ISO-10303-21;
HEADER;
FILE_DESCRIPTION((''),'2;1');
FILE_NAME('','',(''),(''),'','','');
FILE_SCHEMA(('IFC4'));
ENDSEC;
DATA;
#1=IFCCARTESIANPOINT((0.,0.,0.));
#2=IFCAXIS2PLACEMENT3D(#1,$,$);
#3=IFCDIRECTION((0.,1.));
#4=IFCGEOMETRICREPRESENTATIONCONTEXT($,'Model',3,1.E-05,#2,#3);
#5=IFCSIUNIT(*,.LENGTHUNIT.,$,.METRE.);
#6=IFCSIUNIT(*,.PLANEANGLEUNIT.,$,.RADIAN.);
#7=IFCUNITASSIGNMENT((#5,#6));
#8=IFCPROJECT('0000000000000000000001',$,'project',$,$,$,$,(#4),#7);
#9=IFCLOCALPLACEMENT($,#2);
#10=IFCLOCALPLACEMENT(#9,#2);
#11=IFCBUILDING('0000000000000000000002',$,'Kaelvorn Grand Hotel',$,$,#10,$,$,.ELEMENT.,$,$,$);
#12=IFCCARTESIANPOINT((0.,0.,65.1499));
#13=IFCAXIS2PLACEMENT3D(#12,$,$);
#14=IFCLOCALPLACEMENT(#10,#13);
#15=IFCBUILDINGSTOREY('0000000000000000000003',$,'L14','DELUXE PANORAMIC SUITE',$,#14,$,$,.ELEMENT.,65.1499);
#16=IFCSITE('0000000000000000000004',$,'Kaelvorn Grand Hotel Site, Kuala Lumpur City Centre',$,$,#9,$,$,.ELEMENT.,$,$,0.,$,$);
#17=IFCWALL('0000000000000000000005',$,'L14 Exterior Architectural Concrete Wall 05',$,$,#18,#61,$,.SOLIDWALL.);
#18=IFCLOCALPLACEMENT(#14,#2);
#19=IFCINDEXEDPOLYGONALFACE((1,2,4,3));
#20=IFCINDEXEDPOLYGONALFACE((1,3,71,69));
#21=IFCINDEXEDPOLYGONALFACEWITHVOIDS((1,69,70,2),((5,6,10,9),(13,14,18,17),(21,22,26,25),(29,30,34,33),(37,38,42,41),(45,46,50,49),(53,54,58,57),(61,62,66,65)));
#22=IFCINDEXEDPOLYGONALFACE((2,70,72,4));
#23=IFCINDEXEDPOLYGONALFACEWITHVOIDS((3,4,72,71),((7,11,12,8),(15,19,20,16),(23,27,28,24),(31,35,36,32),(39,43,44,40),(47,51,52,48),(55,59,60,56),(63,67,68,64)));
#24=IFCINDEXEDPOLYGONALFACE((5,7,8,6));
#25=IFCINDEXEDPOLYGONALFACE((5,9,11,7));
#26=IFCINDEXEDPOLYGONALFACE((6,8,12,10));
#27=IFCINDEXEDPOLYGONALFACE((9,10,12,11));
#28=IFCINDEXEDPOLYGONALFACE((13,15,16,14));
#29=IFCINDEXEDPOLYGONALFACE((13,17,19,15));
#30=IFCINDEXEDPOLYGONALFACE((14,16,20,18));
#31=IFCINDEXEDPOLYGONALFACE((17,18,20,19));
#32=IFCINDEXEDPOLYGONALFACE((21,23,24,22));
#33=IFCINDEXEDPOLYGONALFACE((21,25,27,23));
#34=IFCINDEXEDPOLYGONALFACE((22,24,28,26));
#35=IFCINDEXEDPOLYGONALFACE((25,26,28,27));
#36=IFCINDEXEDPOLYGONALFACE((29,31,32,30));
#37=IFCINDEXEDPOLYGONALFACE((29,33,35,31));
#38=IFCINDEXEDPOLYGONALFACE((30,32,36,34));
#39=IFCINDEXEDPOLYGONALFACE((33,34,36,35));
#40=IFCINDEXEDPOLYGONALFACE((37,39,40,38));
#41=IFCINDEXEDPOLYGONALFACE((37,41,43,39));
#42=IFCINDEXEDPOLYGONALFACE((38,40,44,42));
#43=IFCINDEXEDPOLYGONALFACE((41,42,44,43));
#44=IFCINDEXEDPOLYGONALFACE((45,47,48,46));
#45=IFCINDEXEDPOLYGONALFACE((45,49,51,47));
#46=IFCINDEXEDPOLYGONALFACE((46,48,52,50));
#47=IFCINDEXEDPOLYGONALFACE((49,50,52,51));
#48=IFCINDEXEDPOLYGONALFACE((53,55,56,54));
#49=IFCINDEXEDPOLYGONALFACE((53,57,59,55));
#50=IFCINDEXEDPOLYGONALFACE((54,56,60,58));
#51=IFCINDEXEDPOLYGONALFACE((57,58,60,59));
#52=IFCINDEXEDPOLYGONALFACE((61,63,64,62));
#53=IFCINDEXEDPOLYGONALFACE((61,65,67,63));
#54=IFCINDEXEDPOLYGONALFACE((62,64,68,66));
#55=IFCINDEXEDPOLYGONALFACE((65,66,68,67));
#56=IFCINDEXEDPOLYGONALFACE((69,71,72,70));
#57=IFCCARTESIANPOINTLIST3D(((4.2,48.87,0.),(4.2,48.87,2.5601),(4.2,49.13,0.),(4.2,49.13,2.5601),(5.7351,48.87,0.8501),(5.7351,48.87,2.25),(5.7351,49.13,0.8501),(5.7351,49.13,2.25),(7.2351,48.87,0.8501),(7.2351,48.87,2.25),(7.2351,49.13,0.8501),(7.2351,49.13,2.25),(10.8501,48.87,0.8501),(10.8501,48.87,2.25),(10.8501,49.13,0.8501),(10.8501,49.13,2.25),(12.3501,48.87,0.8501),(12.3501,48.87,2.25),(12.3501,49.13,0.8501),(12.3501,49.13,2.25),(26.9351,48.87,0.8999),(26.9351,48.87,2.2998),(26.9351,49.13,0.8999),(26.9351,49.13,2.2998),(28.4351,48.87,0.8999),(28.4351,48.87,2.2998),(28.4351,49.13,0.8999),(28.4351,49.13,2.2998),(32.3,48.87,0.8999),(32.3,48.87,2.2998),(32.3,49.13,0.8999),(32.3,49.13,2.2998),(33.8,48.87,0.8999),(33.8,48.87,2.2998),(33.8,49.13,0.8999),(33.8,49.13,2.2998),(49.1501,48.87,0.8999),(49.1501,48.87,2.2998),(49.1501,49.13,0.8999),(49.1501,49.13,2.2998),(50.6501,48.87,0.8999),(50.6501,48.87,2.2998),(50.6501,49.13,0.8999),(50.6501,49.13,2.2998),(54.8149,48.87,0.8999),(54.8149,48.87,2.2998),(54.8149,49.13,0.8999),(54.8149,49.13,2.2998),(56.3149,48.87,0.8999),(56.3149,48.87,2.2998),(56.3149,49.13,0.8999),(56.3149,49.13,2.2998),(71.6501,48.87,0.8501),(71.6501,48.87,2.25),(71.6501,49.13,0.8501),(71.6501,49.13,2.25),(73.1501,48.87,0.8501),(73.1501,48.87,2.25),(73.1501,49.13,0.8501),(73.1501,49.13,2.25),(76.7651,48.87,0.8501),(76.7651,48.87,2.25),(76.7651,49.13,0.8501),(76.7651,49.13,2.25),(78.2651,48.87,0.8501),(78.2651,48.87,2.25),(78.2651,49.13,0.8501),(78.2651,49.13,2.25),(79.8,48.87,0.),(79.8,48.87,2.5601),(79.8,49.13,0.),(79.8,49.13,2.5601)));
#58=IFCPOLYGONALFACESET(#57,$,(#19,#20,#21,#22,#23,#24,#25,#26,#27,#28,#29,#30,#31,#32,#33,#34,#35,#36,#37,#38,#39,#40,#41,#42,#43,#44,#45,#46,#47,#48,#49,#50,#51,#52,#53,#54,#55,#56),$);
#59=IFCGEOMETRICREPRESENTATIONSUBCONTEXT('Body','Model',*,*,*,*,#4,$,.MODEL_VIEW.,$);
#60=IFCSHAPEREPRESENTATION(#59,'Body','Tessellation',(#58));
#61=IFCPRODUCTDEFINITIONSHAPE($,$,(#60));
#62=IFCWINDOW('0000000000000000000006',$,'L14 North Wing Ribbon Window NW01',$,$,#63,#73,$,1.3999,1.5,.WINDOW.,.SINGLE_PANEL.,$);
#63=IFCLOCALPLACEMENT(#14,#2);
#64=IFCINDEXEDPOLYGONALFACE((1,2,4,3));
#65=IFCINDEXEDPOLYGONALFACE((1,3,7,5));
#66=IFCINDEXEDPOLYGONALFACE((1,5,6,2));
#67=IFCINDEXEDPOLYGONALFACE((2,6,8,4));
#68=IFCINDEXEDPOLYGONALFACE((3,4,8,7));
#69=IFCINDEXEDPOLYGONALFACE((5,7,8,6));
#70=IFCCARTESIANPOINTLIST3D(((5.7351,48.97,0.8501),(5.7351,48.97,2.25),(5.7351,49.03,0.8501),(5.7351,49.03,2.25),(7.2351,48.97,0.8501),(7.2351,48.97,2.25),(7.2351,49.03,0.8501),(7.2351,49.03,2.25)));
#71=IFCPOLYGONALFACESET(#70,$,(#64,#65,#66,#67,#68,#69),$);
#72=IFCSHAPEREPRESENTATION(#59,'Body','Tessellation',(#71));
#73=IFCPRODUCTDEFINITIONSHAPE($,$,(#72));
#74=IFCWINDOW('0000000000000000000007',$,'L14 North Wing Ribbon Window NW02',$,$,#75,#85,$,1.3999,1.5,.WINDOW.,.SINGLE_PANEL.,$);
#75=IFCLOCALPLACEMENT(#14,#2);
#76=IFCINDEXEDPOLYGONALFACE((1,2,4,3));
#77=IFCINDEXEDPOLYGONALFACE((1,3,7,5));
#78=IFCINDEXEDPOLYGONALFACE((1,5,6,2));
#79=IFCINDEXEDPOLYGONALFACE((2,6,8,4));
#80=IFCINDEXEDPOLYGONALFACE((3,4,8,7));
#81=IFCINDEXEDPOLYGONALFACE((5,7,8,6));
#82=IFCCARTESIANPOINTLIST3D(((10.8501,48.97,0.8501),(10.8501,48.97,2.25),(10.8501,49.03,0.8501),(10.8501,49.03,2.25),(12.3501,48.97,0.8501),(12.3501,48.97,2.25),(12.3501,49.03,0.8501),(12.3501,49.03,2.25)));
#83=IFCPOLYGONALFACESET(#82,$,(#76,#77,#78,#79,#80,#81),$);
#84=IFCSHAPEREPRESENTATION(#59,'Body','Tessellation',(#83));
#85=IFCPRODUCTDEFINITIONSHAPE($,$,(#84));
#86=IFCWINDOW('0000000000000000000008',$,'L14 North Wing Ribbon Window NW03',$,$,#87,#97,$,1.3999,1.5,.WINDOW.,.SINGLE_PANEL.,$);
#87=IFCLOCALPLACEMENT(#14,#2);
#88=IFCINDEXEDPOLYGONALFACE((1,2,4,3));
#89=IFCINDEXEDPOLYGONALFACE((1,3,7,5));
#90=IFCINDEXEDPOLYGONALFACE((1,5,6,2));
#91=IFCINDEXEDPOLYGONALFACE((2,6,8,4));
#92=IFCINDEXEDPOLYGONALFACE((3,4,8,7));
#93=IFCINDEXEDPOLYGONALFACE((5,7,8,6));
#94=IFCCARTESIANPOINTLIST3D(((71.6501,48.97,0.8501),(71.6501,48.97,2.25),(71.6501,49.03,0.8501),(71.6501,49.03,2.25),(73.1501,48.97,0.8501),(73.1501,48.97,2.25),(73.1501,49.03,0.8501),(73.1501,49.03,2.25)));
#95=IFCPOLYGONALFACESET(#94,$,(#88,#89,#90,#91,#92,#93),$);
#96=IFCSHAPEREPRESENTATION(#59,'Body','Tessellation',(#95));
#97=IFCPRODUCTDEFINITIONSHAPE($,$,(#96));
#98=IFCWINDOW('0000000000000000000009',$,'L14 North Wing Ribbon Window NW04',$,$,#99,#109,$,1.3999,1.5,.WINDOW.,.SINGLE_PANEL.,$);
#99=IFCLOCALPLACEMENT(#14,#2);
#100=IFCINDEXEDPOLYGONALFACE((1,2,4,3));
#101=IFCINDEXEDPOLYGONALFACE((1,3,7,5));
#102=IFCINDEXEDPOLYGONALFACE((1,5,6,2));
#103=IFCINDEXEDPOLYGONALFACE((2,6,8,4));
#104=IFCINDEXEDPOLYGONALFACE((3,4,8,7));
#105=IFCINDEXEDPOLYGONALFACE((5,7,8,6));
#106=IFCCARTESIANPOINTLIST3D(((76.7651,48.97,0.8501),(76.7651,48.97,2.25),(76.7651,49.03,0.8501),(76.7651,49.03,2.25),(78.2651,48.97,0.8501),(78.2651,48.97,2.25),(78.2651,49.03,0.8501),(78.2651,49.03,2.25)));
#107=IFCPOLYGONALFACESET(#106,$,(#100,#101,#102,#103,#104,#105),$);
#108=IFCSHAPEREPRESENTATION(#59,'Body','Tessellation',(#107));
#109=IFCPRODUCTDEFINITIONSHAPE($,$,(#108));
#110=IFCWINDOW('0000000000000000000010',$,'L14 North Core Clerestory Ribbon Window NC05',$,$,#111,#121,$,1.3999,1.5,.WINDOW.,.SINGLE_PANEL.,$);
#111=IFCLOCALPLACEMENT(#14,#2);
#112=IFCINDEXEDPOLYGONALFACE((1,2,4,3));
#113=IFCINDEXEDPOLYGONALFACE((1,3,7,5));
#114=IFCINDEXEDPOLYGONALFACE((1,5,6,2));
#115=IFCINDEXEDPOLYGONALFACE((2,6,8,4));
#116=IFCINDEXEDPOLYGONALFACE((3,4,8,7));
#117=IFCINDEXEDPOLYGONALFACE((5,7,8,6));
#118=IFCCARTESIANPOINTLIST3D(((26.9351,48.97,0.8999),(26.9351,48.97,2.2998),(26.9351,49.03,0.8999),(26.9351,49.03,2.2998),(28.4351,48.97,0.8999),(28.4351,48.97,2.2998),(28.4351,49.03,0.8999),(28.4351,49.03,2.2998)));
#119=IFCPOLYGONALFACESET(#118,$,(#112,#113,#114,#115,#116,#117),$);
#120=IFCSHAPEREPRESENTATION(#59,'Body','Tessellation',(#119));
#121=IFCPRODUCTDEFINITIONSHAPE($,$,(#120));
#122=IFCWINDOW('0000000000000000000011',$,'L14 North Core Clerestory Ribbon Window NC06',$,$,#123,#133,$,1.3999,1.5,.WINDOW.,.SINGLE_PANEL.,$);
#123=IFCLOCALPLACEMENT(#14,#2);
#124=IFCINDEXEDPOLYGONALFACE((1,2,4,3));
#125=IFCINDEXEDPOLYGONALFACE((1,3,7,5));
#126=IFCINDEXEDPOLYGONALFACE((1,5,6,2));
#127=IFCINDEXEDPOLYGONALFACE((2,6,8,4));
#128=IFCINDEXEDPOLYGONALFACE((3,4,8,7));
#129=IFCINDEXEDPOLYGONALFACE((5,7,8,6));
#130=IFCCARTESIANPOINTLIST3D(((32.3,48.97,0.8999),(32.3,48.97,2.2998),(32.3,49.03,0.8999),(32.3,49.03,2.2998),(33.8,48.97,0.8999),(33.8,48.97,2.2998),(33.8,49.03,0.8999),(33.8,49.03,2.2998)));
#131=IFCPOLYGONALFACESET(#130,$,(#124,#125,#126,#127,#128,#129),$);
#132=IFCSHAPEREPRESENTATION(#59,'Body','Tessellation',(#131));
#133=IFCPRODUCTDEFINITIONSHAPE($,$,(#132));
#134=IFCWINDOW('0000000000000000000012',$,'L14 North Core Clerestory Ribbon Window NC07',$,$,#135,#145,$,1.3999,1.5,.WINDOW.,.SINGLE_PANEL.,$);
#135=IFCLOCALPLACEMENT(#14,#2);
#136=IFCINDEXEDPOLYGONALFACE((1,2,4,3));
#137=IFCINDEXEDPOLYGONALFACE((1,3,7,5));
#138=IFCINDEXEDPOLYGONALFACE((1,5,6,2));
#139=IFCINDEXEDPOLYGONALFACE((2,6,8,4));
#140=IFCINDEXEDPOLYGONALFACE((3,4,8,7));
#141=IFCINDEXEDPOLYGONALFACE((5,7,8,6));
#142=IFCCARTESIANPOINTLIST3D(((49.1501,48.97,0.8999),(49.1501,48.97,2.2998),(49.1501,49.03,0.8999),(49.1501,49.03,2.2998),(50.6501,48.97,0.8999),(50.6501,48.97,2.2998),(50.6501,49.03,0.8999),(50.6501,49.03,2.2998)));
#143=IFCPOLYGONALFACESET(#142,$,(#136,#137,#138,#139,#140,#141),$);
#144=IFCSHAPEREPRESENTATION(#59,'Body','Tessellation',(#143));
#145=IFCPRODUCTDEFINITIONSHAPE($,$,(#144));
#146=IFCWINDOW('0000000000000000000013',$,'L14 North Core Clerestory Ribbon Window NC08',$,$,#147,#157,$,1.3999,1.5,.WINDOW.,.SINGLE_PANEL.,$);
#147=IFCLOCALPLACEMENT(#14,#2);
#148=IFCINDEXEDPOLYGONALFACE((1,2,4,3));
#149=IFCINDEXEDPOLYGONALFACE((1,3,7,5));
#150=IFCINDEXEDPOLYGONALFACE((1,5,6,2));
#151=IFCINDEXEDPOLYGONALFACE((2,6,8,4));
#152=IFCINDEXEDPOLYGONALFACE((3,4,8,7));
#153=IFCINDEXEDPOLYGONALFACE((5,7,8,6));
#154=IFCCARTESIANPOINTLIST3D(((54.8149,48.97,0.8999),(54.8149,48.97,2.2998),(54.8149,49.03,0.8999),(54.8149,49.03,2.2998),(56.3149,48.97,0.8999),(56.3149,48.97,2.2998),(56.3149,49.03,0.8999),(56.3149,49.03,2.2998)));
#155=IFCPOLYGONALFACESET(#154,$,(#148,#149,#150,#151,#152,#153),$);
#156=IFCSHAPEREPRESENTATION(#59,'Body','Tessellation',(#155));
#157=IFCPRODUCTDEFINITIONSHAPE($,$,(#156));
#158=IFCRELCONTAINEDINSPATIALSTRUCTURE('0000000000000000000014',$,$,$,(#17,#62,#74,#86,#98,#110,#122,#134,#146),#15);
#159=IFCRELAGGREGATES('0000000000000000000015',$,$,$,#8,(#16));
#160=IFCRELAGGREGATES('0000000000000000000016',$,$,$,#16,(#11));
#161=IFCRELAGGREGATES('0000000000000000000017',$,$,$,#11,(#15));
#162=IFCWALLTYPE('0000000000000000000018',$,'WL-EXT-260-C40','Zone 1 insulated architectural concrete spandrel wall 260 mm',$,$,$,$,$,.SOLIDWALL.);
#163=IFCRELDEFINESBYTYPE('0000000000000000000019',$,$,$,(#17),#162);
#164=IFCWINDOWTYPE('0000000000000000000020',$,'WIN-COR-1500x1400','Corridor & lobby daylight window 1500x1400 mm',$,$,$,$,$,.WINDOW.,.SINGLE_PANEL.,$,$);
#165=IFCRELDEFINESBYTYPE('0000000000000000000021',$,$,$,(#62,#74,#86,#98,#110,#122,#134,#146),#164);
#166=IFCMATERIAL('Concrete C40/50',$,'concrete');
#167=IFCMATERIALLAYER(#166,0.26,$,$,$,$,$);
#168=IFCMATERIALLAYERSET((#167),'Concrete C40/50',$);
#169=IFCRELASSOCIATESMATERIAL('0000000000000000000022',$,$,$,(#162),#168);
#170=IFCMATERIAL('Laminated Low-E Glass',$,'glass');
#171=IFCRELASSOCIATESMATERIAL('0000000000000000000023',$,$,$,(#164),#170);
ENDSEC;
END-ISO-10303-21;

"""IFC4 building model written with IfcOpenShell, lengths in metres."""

from ifc_helpers import new_model, si_unit, direction, frame, frame_2d, origin, place, context, subcontext, project, spatial, rectangle, extrude, material, layer, layer_set, type_object, element, fill, save


model = new_model("IFC4")

# Units and contexts
model_context = context("Model", 3, precision=1e-05, world=origin(), true_north=direction((0.0, 1.0)))
body_context = subcontext(model_context, "Body", "Model", "MODEL_VIEW")
ifc_project = project(units=[si_unit("LENGTHUNIT", "METRE"), si_unit("PLANEANGLEUNIT", "RADIAN")], contexts=[model_context])

# Site, building, storey
site_placement = place(None, origin())
site = spatial("IfcSite", under=ifc_project, at=site_placement, Name="Kaelvorn Grand Hotel Site, Kuala Lumpur City Centre", CompositionType="ELEMENT", RefElevation=0.0)
building_placement = place(site_placement, origin())
building = spatial("IfcBuilding", under=site, at=building_placement, Name="Kaelvorn Grand Hotel", CompositionType="ELEMENT")
storey_placement = place(building_placement, frame((0.0, 0.0, 65.1499)))
storey = spatial("IfcBuildingStorey", under=building, at=storey_placement, Name="L14", Description="DELUXE PANORAMIC SUITE", CompositionType="ELEMENT", Elevation=65.1499)

# Shared definitions
ifc_material_1 = material(Name="Concrete C40/50", Category="concrete")
ifc_layer_1 = layer(ifc_material_1, 0.26)
ifc_layer_set_1 = layer_set([ifc_layer_1], Name="Concrete C40/50")
wall_type = type_object("IfcWallType", Name="WL-EXT-260-C40", Description="Zone 1 insulated architectural concrete spandrel wall 260 mm", PredefinedType="SOLIDWALL", material=ifc_layer_set_1)

# Wall, openings, windows
wall_1_placement = place(storey_placement, frame((79.8, 49.0, 0.0), z_axis=(0.0, 0.0, 1.0), x_axis=(-1.0, 0.0, 0.0)))
wall_1 = element("IfcWall", 1, at=wall_1_placement, inside=storey, type_object=wall_type, Name="L14 Exterior Architectural Concrete Wall 05", PredefinedType="SOLIDWALL", context=body_context, shape_type="SweptSolid", body=[
    extrude(rectangle(XDim=75.6001, YDim=0.26, at=frame_2d((37.8, 0.0))), origin(), (0.0, 0.0, 1.0), 2.5601),
])
opening_1_placement = place(wall_1_placement, frame((72.5649, 0.0, 0.8501)))
opening_1 = element("IfcOpeningElement", 2, at=opening_1_placement, cuts=wall_1, PredefinedType="OPENING", context=body_context, shape_type="SweptSolid", body=[
    extrude(rectangle(XDim=1.5, YDim=1.3999, at=frame_2d((0.75, 0.7))), frame((0.0, 0.1401, 0.0), z_axis=(0.0, -1.0, 0.0), x_axis=(1.0, 0.0, 0.0)), (0.0, 0.0, 1.0), 0.28),
])
opening_2_placement = place(wall_1_placement, frame((67.45, 0.0, 0.8501)))
opening_2 = element("IfcOpeningElement", 3, at=opening_2_placement, cuts=wall_1, PredefinedType="OPENING", context=body_context, shape_type="SweptSolid", body=[
    extrude(rectangle(XDim=1.5, YDim=1.3999, at=frame_2d((0.75, 0.7))), frame((0.0, 0.1401, 0.0), z_axis=(0.0, -1.0, 0.0), x_axis=(1.0, 0.0, 0.0)), (0.0, 0.0, 1.0), 0.28),
])
opening_3_placement = place(wall_1_placement, frame((6.6499, 0.0, 0.8501)))
opening_3 = element("IfcOpeningElement", 4, at=opening_3_placement, cuts=wall_1, PredefinedType="OPENING", context=body_context, shape_type="SweptSolid", body=[
    extrude(rectangle(XDim=1.5, YDim=1.3999, at=frame_2d((0.75, 0.7))), frame((0.0, 0.1401, 0.0), z_axis=(0.0, -1.0, 0.0), x_axis=(1.0, 0.0, 0.0)), (0.0, 0.0, 1.0), 0.28),
])
opening_4_placement = place(wall_1_placement, frame((1.5349, 0.0, 0.8501)))
opening_4 = element("IfcOpeningElement", 5, at=opening_4_placement, cuts=wall_1, PredefinedType="OPENING", context=body_context, shape_type="SweptSolid", body=[
    extrude(rectangle(XDim=1.5, YDim=1.3999, at=frame_2d((0.75, 0.7))), frame((0.0, 0.1401, 0.0), z_axis=(0.0, -1.0, 0.0), x_axis=(1.0, 0.0, 0.0)), (0.0, 0.0, 1.0), 0.28),
])
opening_5_placement = place(wall_1_placement, frame((51.365, 0.0, 0.8999)))
opening_5 = element("IfcOpeningElement", 6, at=opening_5_placement, cuts=wall_1, PredefinedType="OPENING", context=body_context, shape_type="SweptSolid", body=[
    extrude(rectangle(XDim=1.5, YDim=1.3999, at=frame_2d((0.75, 0.7))), frame((0.0, 0.1401, 0.0), z_axis=(0.0, -1.0, 0.0), x_axis=(1.0, 0.0, 0.0)), (0.0, 0.0, 1.0), 0.28),
])
opening_6_placement = place(wall_1_placement, frame((46.0, 0.0, 0.8999)))
opening_6 = element("IfcOpeningElement", 7, at=opening_6_placement, cuts=wall_1, PredefinedType="OPENING", context=body_context, shape_type="SweptSolid", body=[
    extrude(rectangle(XDim=1.5, YDim=1.3999, at=frame_2d((0.75, 0.7))), frame((0.0, 0.1401, 0.0), z_axis=(0.0, -1.0, 0.0), x_axis=(1.0, 0.0, 0.0)), (0.0, 0.0, 1.0), 0.28),
])
opening_7_placement = place(wall_1_placement, frame((29.1499, 0.0, 0.8999)))
opening_7 = element("IfcOpeningElement", 8, at=opening_7_placement, cuts=wall_1, PredefinedType="OPENING", context=body_context, shape_type="SweptSolid", body=[
    extrude(rectangle(XDim=1.5, YDim=1.3999, at=frame_2d((0.75, 0.7))), frame((0.0, 0.1401, 0.0), z_axis=(0.0, -1.0, 0.0), x_axis=(1.0, 0.0, 0.0)), (0.0, 0.0, 1.0), 0.28),
])
opening_8_placement = place(wall_1_placement, frame((23.4851, 0.0, 0.8999)))
opening_8 = element("IfcOpeningElement", 9, at=opening_8_placement, cuts=wall_1, PredefinedType="OPENING", context=body_context, shape_type="SweptSolid", body=[
    extrude(rectangle(XDim=1.5, YDim=1.3999, at=frame_2d((0.75, 0.7))), frame((0.0, 0.1401, 0.0), z_axis=(0.0, -1.0, 0.0), x_axis=(1.0, 0.0, 0.0)), (0.0, 0.0, 1.0), 0.28),
])
ifc_material_2 = material(Name="Laminated Low-E Glass", Category="glass")
window_type = type_object("IfcWindowType", Name="WIN-COR-1500x1400", Description="Corridor & lobby daylight window 1500x1400 mm", PartitioningType="SINGLE_PANEL", PredefinedType="WINDOW", material=ifc_material_2)
window_1_placement = place(opening_1_placement, origin())
window_1 = element("IfcWindow", 10, at=window_1_placement, inside=storey, type_object=window_type, Name="L14 North Wing Ribbon Window NW01", OverallHeight=1.3999, OverallWidth=1.5, PartitioningType="SINGLE_PANEL", PredefinedType="WINDOW", context=body_context, shape_type="SweptSolid", body=[
    extrude(rectangle(XDim=1.5, YDim=1.3999, at=frame_2d((0.75, 0.7))), frame((0.0, 0.03, 0.0), z_axis=(0.0, -1.0, 0.0), x_axis=(1.0, 0.0, 0.0)), (0.0, 0.0, 1.0), 0.0601),
])
fill(opening_1, window_1)
window_2_placement = place(opening_2_placement, origin())
window_2 = element("IfcWindow", 11, at=window_2_placement, inside=storey, type_object=window_type, Name="L14 North Wing Ribbon Window NW02", OverallHeight=1.3999, OverallWidth=1.5, PartitioningType="SINGLE_PANEL", PredefinedType="WINDOW", context=body_context, shape_type="SweptSolid", body=[
    extrude(rectangle(XDim=1.5, YDim=1.3999, at=frame_2d((0.75, 0.7))), frame((0.0, 0.03, 0.0), z_axis=(0.0, -1.0, 0.0), x_axis=(1.0, 0.0, 0.0)), (0.0, 0.0, 1.0), 0.0601),
])
fill(opening_2, window_2)
window_3_placement = place(opening_3_placement, origin())
window_3 = element("IfcWindow", 12, at=window_3_placement, inside=storey, type_object=window_type, Name="L14 North Wing Ribbon Window NW03", OverallHeight=1.3999, OverallWidth=1.5, PartitioningType="SINGLE_PANEL", PredefinedType="WINDOW", context=body_context, shape_type="SweptSolid", body=[
    extrude(rectangle(XDim=1.5, YDim=1.3999, at=frame_2d((0.75, 0.7))), frame((0.0, 0.03, 0.0), z_axis=(0.0, -1.0, 0.0), x_axis=(1.0, 0.0, 0.0)), (0.0, 0.0, 1.0), 0.0601),
])
fill(opening_3, window_3)
window_4_placement = place(opening_4_placement, origin())
window_4 = element("IfcWindow", 13, at=window_4_placement, inside=storey, type_object=window_type, Name="L14 North Wing Ribbon Window NW04", OverallHeight=1.3999, OverallWidth=1.5, PartitioningType="SINGLE_PANEL", PredefinedType="WINDOW", context=body_context, shape_type="SweptSolid", body=[
    extrude(rectangle(XDim=1.5, YDim=1.3999, at=frame_2d((0.75, 0.7))), frame((0.0, 0.03, 0.0), z_axis=(0.0, -1.0, 0.0), x_axis=(1.0, 0.0, 0.0)), (0.0, 0.0, 1.0), 0.0601),
])
fill(opening_4, window_4)
window_5_placement = place(opening_5_placement, origin())
window_5 = element("IfcWindow", 14, at=window_5_placement, inside=storey, type_object=window_type, Name="L14 North Core Clerestory Ribbon Window NC05", OverallHeight=1.3999, OverallWidth=1.5, PartitioningType="SINGLE_PANEL", PredefinedType="WINDOW", context=body_context, shape_type="SweptSolid", body=[
    extrude(rectangle(XDim=1.5, YDim=1.3999, at=frame_2d((0.75, 0.7))), frame((0.0, 0.03, 0.0), z_axis=(0.0, -1.0, 0.0), x_axis=(1.0, 0.0, 0.0)), (0.0, 0.0, 1.0), 0.0601),
])
fill(opening_5, window_5)
window_6_placement = place(opening_6_placement, origin())
window_6 = element("IfcWindow", 15, at=window_6_placement, inside=storey, type_object=window_type, Name="L14 North Core Clerestory Ribbon Window NC06", OverallHeight=1.3999, OverallWidth=1.5, PartitioningType="SINGLE_PANEL", PredefinedType="WINDOW", context=body_context, shape_type="SweptSolid", body=[
    extrude(rectangle(XDim=1.5, YDim=1.3999, at=frame_2d((0.75, 0.7))), frame((0.0, 0.03, 0.0), z_axis=(0.0, -1.0, 0.0), x_axis=(1.0, 0.0, 0.0)), (0.0, 0.0, 1.0), 0.0601),
])
fill(opening_6, window_6)
window_7_placement = place(opening_7_placement, origin())
window_7 = element("IfcWindow", 16, at=window_7_placement, inside=storey, type_object=window_type, Name="L14 North Core Clerestory Ribbon Window NC07", OverallHeight=1.3999, OverallWidth=1.5, PartitioningType="SINGLE_PANEL", PredefinedType="WINDOW", context=body_context, shape_type="SweptSolid", body=[
    extrude(rectangle(XDim=1.5, YDim=1.3999, at=frame_2d((0.75, 0.7))), frame((0.0, 0.03, 0.0), z_axis=(0.0, -1.0, 0.0), x_axis=(1.0, 0.0, 0.0)), (0.0, 0.0, 1.0), 0.0601),
])
fill(opening_7, window_7)
window_8_placement = place(opening_8_placement, origin())
window_8 = element("IfcWindow", 17, at=window_8_placement, inside=storey, type_object=window_type, Name="L14 North Core Clerestory Ribbon Window NC08", OverallHeight=1.3999, OverallWidth=1.5, PartitioningType="SINGLE_PANEL", PredefinedType="WINDOW", context=body_context, shape_type="SweptSolid", body=[
    extrude(rectangle(XDim=1.5, YDim=1.3999, at=frame_2d((0.75, 0.7))), frame((0.0, 0.03, 0.0), z_axis=(0.0, -1.0, 0.0), x_axis=(1.0, 0.0, 0.0)), (0.0, 0.0, 1.0), 0.0601),
])
fill(opening_8, window_8)

save(model, "model.ifc")
